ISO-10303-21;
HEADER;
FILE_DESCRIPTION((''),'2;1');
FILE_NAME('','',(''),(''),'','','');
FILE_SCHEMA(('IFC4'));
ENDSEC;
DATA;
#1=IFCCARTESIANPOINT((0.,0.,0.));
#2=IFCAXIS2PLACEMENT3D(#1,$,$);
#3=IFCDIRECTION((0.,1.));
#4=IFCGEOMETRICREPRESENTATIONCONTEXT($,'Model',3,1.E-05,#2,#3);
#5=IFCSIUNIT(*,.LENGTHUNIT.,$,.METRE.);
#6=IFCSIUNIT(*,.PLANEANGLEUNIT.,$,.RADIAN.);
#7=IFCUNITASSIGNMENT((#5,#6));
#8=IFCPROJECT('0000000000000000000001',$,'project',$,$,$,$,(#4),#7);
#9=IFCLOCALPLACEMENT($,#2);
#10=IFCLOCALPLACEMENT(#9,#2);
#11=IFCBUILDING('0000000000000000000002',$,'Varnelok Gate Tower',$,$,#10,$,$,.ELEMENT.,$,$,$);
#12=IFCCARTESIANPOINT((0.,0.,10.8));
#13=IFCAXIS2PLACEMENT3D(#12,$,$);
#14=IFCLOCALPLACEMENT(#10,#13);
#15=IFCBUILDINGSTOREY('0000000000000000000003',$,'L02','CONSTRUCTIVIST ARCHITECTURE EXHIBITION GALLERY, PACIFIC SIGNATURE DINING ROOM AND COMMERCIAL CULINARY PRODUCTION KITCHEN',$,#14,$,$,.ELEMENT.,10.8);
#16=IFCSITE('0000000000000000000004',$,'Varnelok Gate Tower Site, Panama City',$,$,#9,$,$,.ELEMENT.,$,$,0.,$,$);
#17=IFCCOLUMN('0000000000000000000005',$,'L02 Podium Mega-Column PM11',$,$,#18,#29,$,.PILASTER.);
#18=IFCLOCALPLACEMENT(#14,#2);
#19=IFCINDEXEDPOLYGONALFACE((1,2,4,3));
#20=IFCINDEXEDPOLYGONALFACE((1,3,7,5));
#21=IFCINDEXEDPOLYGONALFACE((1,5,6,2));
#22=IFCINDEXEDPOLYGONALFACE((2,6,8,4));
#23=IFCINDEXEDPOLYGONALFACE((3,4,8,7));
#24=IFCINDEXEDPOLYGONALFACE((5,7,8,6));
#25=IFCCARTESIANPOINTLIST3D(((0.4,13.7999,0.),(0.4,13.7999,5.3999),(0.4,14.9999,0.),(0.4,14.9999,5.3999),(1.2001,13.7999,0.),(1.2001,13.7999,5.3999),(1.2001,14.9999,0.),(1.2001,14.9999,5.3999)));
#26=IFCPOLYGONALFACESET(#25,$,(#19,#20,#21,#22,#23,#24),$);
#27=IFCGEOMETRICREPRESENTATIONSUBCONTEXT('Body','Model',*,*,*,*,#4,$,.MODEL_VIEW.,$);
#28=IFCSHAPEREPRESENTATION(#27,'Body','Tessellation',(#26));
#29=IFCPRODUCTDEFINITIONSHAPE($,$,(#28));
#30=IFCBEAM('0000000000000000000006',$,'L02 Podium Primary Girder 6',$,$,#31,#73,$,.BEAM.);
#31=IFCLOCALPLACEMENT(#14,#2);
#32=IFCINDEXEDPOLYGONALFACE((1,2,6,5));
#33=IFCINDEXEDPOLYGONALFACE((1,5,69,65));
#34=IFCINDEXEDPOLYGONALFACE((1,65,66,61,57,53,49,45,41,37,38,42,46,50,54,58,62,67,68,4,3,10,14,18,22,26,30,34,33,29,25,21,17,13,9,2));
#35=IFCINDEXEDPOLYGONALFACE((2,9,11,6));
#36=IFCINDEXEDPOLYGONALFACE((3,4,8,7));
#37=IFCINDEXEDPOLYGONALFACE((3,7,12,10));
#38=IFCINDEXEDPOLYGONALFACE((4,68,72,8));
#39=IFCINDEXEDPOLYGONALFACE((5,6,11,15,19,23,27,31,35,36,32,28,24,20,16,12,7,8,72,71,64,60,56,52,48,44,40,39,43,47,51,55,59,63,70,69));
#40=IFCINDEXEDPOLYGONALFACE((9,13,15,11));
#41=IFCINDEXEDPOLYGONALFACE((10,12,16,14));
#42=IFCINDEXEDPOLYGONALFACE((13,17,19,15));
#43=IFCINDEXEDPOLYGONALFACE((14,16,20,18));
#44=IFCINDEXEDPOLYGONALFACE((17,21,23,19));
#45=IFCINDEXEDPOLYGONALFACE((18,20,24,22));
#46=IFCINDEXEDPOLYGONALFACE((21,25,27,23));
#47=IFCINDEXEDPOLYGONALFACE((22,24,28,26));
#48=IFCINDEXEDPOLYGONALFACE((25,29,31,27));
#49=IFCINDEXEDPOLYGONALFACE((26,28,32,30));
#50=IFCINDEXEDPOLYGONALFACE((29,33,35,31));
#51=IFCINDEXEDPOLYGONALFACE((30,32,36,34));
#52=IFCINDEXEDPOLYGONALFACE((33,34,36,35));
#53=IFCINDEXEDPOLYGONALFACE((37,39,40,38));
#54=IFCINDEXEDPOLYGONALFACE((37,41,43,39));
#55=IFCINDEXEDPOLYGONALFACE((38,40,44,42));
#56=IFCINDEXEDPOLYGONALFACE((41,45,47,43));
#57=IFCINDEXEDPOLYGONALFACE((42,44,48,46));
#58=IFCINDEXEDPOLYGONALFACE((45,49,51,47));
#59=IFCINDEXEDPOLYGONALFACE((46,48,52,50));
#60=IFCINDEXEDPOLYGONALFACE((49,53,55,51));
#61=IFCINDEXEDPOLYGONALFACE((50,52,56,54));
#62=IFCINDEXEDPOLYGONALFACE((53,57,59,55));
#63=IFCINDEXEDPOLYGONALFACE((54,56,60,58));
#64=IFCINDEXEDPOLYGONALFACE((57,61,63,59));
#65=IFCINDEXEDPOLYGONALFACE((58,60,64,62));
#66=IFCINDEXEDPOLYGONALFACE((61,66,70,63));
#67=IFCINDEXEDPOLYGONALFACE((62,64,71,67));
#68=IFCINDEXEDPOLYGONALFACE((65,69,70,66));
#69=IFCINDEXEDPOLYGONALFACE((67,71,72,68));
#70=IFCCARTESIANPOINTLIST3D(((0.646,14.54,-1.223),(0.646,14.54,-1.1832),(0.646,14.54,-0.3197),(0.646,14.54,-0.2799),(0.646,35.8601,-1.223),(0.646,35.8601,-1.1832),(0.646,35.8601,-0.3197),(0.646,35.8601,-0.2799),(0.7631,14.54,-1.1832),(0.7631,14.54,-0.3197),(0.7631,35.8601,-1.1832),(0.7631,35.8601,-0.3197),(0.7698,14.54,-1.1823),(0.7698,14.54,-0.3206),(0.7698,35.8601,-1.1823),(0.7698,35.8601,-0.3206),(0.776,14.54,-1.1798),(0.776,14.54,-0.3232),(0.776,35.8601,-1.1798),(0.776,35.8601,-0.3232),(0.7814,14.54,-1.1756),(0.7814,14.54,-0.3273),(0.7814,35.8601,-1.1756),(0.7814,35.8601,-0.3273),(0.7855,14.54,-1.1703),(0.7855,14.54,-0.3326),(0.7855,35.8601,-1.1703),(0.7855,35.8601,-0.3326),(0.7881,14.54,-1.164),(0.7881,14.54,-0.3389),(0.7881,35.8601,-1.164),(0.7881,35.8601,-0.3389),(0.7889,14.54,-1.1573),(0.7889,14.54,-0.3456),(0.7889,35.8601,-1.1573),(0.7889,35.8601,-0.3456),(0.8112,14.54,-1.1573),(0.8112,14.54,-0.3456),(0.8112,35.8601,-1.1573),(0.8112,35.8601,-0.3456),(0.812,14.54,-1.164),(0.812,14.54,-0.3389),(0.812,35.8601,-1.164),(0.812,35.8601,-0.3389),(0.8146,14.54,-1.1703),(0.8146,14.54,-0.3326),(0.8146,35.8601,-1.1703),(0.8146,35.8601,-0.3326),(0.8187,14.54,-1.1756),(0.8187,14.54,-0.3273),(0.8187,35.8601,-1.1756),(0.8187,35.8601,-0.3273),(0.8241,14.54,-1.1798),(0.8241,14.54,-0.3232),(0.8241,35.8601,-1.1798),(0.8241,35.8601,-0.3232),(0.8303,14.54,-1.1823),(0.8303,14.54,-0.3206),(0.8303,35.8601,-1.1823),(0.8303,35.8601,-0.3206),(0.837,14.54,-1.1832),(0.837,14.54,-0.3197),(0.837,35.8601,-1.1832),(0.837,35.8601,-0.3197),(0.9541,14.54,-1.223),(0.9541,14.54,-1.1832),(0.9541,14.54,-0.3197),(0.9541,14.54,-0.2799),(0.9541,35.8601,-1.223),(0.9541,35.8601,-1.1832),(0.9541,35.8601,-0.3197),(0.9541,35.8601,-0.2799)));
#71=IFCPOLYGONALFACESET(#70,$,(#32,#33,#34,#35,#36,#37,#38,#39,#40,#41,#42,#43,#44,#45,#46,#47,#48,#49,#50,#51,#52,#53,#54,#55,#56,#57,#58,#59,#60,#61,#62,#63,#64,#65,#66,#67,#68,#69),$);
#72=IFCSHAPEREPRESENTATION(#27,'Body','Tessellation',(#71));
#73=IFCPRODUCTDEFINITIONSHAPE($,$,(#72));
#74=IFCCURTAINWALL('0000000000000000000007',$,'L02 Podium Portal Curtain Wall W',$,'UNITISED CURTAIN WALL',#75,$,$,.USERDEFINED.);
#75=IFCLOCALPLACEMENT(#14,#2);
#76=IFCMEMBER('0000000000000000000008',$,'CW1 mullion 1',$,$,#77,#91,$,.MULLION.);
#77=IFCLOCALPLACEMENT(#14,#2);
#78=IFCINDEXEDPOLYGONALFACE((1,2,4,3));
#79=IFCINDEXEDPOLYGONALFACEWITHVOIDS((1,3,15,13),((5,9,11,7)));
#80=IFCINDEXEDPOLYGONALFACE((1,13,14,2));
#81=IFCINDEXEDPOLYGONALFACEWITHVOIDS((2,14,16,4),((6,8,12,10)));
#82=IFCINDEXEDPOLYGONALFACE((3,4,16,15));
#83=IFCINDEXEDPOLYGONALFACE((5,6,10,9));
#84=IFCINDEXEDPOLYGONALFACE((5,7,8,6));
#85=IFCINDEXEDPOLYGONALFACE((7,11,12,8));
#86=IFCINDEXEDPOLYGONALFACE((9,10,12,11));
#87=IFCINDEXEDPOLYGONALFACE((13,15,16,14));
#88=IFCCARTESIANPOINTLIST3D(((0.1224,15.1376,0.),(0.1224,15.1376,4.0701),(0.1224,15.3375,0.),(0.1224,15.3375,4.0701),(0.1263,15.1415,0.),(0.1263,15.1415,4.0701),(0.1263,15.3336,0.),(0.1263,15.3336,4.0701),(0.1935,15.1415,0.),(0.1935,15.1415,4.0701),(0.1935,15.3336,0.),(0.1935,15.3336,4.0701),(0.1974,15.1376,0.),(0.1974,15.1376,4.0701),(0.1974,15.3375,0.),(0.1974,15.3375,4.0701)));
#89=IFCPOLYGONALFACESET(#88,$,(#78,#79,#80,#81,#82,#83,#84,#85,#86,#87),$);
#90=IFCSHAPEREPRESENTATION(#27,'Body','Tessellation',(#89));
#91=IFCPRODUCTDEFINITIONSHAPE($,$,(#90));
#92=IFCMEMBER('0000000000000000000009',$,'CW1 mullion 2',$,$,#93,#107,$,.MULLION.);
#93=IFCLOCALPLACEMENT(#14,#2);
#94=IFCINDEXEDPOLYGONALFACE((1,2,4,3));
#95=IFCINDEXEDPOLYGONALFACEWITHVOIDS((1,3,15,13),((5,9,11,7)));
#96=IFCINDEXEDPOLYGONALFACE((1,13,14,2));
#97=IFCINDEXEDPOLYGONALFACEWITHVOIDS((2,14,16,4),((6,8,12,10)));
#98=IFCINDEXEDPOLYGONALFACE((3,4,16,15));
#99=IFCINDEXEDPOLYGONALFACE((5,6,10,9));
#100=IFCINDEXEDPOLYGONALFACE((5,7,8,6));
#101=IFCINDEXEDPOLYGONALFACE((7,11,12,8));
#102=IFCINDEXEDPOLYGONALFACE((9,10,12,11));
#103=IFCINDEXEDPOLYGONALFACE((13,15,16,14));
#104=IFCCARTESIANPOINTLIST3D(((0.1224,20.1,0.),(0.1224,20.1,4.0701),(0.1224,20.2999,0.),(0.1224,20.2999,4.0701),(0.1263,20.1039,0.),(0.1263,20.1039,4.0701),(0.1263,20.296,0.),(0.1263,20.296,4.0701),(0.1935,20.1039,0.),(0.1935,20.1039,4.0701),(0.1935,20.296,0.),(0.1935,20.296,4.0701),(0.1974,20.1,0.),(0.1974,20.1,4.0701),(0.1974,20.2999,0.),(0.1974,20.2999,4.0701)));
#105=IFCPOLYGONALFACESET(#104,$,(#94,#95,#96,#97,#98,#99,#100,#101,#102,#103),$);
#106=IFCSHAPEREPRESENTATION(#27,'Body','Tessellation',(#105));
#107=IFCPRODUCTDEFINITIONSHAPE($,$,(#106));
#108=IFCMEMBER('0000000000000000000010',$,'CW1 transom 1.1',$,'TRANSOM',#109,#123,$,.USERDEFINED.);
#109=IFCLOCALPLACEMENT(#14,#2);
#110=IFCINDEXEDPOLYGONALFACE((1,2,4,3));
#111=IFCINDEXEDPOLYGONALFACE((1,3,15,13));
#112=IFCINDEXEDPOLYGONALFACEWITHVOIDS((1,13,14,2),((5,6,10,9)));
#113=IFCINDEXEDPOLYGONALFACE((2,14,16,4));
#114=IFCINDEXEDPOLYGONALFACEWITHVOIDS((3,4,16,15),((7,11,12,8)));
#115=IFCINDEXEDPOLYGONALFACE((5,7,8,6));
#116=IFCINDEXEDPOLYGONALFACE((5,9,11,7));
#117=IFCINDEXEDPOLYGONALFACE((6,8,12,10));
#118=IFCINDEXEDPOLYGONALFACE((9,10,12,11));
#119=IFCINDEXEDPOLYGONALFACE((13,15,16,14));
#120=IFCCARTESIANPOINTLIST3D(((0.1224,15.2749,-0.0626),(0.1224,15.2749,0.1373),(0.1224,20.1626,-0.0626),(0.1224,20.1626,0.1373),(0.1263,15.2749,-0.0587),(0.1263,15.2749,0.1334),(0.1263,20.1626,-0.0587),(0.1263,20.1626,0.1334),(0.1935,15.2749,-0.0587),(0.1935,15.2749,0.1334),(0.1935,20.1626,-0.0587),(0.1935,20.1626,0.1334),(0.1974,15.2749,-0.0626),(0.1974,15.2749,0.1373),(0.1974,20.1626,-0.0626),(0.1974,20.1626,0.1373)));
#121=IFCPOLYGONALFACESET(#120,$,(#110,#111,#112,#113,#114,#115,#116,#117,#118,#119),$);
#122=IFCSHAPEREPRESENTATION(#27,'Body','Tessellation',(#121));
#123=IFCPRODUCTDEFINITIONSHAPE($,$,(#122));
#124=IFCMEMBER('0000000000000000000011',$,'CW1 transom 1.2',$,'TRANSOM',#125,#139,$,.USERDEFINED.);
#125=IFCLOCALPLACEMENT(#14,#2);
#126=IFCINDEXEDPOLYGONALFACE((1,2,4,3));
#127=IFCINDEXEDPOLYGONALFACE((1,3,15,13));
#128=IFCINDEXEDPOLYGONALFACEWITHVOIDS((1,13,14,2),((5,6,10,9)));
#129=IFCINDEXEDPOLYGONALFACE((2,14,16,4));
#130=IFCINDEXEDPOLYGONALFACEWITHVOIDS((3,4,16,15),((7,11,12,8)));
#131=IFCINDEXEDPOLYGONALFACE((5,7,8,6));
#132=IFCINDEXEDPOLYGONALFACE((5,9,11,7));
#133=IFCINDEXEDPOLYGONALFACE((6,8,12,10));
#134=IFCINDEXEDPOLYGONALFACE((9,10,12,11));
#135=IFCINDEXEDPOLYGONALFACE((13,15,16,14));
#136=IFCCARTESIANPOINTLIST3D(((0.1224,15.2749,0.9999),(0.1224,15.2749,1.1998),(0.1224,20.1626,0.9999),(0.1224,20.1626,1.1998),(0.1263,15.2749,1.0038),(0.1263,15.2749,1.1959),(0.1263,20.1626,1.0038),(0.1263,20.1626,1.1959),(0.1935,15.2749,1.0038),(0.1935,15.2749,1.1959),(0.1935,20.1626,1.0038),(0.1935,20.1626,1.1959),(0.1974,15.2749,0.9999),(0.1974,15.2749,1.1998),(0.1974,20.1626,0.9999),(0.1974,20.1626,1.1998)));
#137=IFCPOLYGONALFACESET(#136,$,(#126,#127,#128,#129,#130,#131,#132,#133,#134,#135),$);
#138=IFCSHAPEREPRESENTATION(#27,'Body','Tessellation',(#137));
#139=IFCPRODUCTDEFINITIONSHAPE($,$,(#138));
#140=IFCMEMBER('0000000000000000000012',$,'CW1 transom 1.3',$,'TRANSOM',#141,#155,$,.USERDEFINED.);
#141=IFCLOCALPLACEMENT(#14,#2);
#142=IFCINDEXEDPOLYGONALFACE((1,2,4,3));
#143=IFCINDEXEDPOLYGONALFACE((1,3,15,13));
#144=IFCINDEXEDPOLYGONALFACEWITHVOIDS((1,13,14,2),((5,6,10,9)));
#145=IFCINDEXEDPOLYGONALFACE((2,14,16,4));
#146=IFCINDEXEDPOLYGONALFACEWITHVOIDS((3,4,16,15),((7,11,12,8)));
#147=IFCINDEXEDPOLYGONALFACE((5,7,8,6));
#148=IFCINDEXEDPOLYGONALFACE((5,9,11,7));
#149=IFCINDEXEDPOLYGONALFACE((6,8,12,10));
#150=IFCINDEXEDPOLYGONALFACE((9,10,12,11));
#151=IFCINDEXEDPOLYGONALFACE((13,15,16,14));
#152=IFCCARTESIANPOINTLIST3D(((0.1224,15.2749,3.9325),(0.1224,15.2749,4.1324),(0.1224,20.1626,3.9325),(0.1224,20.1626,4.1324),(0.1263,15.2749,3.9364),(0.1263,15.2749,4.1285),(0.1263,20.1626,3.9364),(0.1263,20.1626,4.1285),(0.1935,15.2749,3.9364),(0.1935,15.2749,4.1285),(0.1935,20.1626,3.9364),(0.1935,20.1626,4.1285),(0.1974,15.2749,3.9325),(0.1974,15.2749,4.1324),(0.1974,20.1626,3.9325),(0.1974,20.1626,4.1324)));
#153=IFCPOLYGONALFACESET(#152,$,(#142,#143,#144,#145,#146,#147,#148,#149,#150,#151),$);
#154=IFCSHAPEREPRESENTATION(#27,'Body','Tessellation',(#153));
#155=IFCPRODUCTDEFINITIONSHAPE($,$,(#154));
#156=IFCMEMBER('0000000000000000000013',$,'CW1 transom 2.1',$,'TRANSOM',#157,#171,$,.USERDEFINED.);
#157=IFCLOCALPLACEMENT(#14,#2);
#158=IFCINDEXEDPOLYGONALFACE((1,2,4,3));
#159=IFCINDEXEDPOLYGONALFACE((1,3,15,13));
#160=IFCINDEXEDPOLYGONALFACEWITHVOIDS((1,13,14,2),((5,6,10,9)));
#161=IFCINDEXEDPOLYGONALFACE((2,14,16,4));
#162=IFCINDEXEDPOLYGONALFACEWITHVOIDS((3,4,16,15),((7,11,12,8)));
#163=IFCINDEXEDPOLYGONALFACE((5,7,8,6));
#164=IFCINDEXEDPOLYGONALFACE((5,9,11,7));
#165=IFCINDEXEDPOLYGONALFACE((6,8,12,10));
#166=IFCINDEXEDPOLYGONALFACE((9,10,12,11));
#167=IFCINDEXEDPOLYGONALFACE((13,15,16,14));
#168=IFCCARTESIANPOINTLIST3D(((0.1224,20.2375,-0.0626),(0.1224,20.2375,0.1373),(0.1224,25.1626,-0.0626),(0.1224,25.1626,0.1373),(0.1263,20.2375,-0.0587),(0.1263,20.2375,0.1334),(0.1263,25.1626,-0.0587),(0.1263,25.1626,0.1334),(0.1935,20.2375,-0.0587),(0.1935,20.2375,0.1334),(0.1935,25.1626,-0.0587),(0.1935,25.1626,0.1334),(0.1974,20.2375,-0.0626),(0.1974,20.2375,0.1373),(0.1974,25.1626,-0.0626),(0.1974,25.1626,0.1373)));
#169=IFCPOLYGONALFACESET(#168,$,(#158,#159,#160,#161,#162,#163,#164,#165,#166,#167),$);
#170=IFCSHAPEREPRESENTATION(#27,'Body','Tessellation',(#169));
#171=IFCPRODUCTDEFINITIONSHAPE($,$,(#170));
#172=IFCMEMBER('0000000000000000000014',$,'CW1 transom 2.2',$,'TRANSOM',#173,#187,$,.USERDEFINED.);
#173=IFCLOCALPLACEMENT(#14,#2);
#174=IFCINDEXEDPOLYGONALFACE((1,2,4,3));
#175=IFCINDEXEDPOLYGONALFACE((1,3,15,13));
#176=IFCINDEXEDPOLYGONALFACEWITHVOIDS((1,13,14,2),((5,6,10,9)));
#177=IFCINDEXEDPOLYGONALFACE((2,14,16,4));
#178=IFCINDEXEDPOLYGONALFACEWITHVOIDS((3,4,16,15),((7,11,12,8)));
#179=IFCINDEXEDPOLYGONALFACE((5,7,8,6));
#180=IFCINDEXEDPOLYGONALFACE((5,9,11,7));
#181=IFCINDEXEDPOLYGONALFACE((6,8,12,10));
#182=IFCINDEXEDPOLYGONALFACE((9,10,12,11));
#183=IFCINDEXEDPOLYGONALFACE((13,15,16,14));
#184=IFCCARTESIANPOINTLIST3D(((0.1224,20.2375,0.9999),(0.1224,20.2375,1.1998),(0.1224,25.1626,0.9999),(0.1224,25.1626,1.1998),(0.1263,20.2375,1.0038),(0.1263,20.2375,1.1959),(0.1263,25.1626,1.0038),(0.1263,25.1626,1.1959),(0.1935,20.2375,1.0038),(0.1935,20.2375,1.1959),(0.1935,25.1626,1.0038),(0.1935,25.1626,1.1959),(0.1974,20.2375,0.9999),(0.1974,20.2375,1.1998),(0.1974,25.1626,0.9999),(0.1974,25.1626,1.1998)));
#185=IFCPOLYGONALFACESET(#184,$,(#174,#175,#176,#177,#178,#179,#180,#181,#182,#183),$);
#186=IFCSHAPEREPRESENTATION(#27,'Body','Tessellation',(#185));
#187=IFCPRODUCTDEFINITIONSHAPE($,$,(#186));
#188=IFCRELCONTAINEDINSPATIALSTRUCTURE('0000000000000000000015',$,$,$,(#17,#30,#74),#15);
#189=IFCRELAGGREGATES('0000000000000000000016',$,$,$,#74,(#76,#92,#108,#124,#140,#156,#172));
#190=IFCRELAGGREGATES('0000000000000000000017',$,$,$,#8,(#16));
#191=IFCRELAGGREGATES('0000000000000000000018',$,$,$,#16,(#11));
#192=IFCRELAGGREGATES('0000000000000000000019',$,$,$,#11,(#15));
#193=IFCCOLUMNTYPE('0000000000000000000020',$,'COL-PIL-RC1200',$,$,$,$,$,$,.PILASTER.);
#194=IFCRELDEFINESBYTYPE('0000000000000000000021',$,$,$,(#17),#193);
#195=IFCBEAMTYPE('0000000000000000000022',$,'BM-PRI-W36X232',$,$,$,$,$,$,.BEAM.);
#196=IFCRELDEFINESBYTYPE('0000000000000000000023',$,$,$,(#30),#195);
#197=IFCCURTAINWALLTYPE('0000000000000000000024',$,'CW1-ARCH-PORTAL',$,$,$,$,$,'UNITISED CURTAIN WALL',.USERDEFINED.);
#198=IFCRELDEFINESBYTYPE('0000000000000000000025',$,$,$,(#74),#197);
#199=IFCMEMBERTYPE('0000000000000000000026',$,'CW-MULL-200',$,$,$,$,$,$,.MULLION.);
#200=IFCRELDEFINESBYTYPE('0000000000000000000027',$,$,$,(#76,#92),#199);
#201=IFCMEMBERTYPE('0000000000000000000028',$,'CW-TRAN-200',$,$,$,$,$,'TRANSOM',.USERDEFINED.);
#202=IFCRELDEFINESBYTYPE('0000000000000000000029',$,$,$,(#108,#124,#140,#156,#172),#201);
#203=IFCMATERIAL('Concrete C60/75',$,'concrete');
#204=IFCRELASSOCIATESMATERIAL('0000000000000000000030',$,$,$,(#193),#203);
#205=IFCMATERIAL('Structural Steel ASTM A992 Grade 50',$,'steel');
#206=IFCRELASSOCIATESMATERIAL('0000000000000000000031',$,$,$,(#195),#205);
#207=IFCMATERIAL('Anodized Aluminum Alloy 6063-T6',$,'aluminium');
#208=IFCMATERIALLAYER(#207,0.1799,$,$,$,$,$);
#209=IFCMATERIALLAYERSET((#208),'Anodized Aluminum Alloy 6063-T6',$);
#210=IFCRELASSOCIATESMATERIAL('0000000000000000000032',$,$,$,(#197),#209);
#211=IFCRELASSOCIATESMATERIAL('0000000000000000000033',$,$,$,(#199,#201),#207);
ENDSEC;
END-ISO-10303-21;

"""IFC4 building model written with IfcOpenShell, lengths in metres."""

from ifc_helpers import new_model, si_unit, direction, frame, origin, origin_2d, place, context, subcontext, project, spatial, rectangle, hollow_rectangle, i_section, extrude, material, layer, layer_set, material_profile, profile_set, type_object, element, aggregate, save


model = new_model("IFC4")

# Units and contexts
model_context = context("Model", 3, precision=1e-05, world=origin(), true_north=direction((0.0, 1.0)))
body_context = subcontext(model_context, "Body", "Model", "MODEL_VIEW")
ifc_project = project(units=[si_unit("LENGTHUNIT", "METRE"), si_unit("PLANEANGLEUNIT", "RADIAN")], contexts=[model_context])

# Site, building, storey
site_placement = place(None, origin())
site = spatial("IfcSite", under=ifc_project, at=site_placement, Name="Varnelok Gate Tower Site, Panama City", CompositionType="ELEMENT", RefElevation=0.0)
building_placement = place(site_placement, origin())
building = spatial("IfcBuilding", under=site, at=building_placement, Name="Varnelok Gate Tower", CompositionType="ELEMENT")
storey_placement = place(building_placement, frame((0.0, 0.0, 10.8)))
storey = spatial("IfcBuildingStorey", under=building, at=storey_placement, Name="L02", Description="CONSTRUCTIVIST ARCHITECTURE EXHIBITION GALLERY, PACIFIC SIGNATURE DINING ROOM AND COMMERCIAL CULINARY PRODUCTION KITCHEN", CompositionType="ELEMENT", Elevation=10.8)

# Column
ifc_material_1 = material(Name="Concrete C60/75", Category="concrete")
ifc_material_profile_1 = material_profile(ifc_material_1, rectangle(XDim=0.8, YDim=1.2, at=origin_2d()), Name="RC1200X800")
ifc_profile_set_1 = profile_set([ifc_material_profile_1], Name="Concrete C60/75")
column_type = type_object("IfcColumnType", Name="COL-PIL-RC1200", PredefinedType="PILASTER", material=ifc_profile_set_1)
column_placement = place(storey_placement, frame((0.8, 14.3999, 0.0), z_axis=(0.0, 0.0, 1.0), x_axis=(1.0, 0.0, 0.0)))
element("IfcColumn", 1, at=column_placement, inside=storey, type_object=column_type, Name="L02 Podium Mega-Column PM11", PredefinedType="PILASTER", context=body_context, shape_type="SweptSolid", body=[
    extrude(rectangle(XDim=0.8, YDim=1.2, at=origin_2d()), origin(), (0.0, 0.0, 1.0), 5.3999),
])

# Beam
ifc_material_2 = material(Name="Structural Steel ASTM A992 Grade 50", Category="steel")
ifc_material_profile_2 = material_profile(ifc_material_2, i_section(OverallWidth=0.3081, OverallDepth=0.9431, WebThickness=0.0222, FlangeThickness=0.0398, FilletRadius=0.0259, at=origin_2d()), Name="W36X232")
ifc_profile_set_2 = profile_set([ifc_material_profile_2], Name="Structural Steel ASTM A992 Grade 50")
beam_type = type_object("IfcBeamType", Name="BM-PRI-W36X232", PredefinedType="BEAM", material=ifc_profile_set_2)
beam_placement = place(storey_placement, frame((0.8, 14.54, -0.7515), z_axis=(0.0, 1.0, 0.0), x_axis=(-1.0, 0.0, 0.0)))
element("IfcBeam", 2, at=beam_placement, inside=storey, type_object=beam_type, Name="L02 Podium Primary Girder 6", PredefinedType="BEAM", context=body_context, shape_type="SweptSolid", body=[
    extrude(i_section(OverallWidth=0.3081, OverallDepth=0.9431, WebThickness=0.0222, FlangeThickness=0.0398, FilletRadius=0.0259, at=origin_2d()), origin(), (0.0, 0.0, 1.0), 21.3201),
])

# Curtain wall, members
ifc_material_3 = material(Name="Anodized Aluminum Alloy 6063-T6", Category="aluminium")
ifc_layer_1 = layer(ifc_material_3, 0.1799)
ifc_layer_set_1 = layer_set([ifc_layer_1], Name="Anodized Aluminum Alloy 6063-T6")
curtain_wall_type = type_object("IfcCurtainWallType", Name="CW1-ARCH-PORTAL", ElementType="UNITISED CURTAIN WALL", PredefinedType="USERDEFINED", material=ifc_layer_set_1)
curtain_wall_placement = place(storey_placement, origin())
curtain_wall = element("IfcCurtainWall", 3, at=curtain_wall_placement, inside=storey, type_object=curtain_wall_type, Name="L02 Podium Portal Curtain Wall W", ObjectType="UNITISED CURTAIN WALL", PredefinedType="USERDEFINED")
ifc_material_profile_3 = material_profile(ifc_material_3, hollow_rectangle(XDim=0.075, YDim=0.2, WallThickness=0.0039, at=origin_2d()), Name="ALU200X75X4")
ifc_profile_set_3 = profile_set([ifc_material_profile_3], Name="Anodized Aluminum Alloy 6063-T6")
member_type_1 = type_object("IfcMemberType", Name="CW-MULL-200", PredefinedType="MULLION", material=ifc_profile_set_3)
member_1_placement = place(storey_placement, frame((0.1599, 15.2375, 0.0), z_axis=(0.0, 0.0, 1.0), x_axis=(-1.0, 0.0, 0.0)))
member_1 = element("IfcMember", 4, at=member_1_placement, type_object=member_type_1, Name="CW1 mullion 1", PredefinedType="MULLION", context=body_context, shape_type="SweptSolid", body=[
    extrude(hollow_rectangle(XDim=0.075, YDim=0.2, WallThickness=0.0039, at=origin_2d()), origin(), (0.0, 0.0, 1.0), 4.0701),
])
member_2_placement = place(storey_placement, frame((0.1599, 20.2, 0.0), z_axis=(0.0, 0.0, 1.0), x_axis=(-1.0, 0.0, 0.0)))
member_2 = element("IfcMember", 5, at=member_2_placement, type_object=member_type_1, Name="CW1 mullion 2", PredefinedType="MULLION", context=body_context, shape_type="SweptSolid", body=[
    extrude(hollow_rectangle(XDim=0.075, YDim=0.2, WallThickness=0.0039, at=origin_2d()), origin(), (0.0, 0.0, 1.0), 4.0701),
])
ifc_material_profile_4 = material_profile(ifc_material_3, hollow_rectangle(XDim=0.075, YDim=0.2, WallThickness=0.0039, at=origin_2d()), Name="ALU200X75X4")
ifc_profile_set_4 = profile_set([ifc_material_profile_4], Name="Anodized Aluminum Alloy 6063-T6")
member_type_2 = type_object("IfcMemberType", Name="CW-TRAN-200", ElementType="TRANSOM", PredefinedType="USERDEFINED", material=ifc_profile_set_4)
member_3_placement = place(storey_placement, frame((0.1599, 15.2749, 0.0374), z_axis=(0.0, 1.0, 0.0), x_axis=(-1.0, 0.0, 0.0)))
member_3 = element("IfcMember", 6, at=member_3_placement, type_object=member_type_2, Name="CW1 transom 1.1", ObjectType="TRANSOM", PredefinedType="USERDEFINED", context=body_context, shape_type="SweptSolid", body=[
    extrude(hollow_rectangle(XDim=0.075, YDim=0.2, WallThickness=0.0039, at=origin_2d()), origin(), (0.0, 0.0, 1.0), 4.8877),
])
member_4_placement = place(storey_placement, frame((0.1599, 15.2749, 1.0999), z_axis=(0.0, 1.0, 0.0), x_axis=(-1.0, 0.0, 0.0)))
member_4 = element("IfcMember", 7, at=member_4_placement, type_object=member_type_2, Name="CW1 transom 1.2", ObjectType="TRANSOM", PredefinedType="USERDEFINED", context=body_context, shape_type="SweptSolid", body=[
    extrude(hollow_rectangle(XDim=0.075, YDim=0.2, WallThickness=0.0039, at=origin_2d()), origin(), (0.0, 0.0, 1.0), 4.8877),
])
member_5_placement = place(storey_placement, frame((0.1599, 15.2749, 4.0325), z_axis=(0.0, 1.0, 0.0), x_axis=(-1.0, 0.0, 0.0)))
member_5 = element("IfcMember", 8, at=member_5_placement, type_object=member_type_2, Name="CW1 transom 1.3", ObjectType="TRANSOM", PredefinedType="USERDEFINED", context=body_context, shape_type="SweptSolid", body=[
    extrude(hollow_rectangle(XDim=0.075, YDim=0.2, WallThickness=0.0039, at=origin_2d()), origin(), (0.0, 0.0, 1.0), 4.8877),
])
member_6_placement = place(storey_placement, frame((0.1599, 20.2375, 0.0374), z_axis=(0.0, 1.0, 0.0), x_axis=(-1.0, 0.0, 0.0)))
member_6 = element("IfcMember", 9, at=member_6_placement, type_object=member_type_2, Name="CW1 transom 2.1", ObjectType="TRANSOM", PredefinedType="USERDEFINED", context=body_context, shape_type="SweptSolid", body=[
    extrude(hollow_rectangle(XDim=0.075, YDim=0.2, WallThickness=0.0039, at=origin_2d()), origin(), (0.0, 0.0, 1.0), 4.925),
])
member_7_placement = place(storey_placement, frame((0.1599, 20.2375, 1.0999), z_axis=(0.0, 1.0, 0.0), x_axis=(-1.0, 0.0, 0.0)))
member_7 = element("IfcMember", 10, at=member_7_placement, type_object=member_type_2, Name="CW1 transom 2.2", ObjectType="TRANSOM", PredefinedType="USERDEFINED", context=body_context, shape_type="SweptSolid", body=[
    extrude(hollow_rectangle(XDim=0.075, YDim=0.2, WallThickness=0.0039, at=origin_2d()), origin(), (0.0, 0.0, 1.0), 4.925),
])

aggregate(curtain_wall, [member_1, member_2, member_3, member_4, member_5, member_6, member_7])

save(model, "model.ifc")
